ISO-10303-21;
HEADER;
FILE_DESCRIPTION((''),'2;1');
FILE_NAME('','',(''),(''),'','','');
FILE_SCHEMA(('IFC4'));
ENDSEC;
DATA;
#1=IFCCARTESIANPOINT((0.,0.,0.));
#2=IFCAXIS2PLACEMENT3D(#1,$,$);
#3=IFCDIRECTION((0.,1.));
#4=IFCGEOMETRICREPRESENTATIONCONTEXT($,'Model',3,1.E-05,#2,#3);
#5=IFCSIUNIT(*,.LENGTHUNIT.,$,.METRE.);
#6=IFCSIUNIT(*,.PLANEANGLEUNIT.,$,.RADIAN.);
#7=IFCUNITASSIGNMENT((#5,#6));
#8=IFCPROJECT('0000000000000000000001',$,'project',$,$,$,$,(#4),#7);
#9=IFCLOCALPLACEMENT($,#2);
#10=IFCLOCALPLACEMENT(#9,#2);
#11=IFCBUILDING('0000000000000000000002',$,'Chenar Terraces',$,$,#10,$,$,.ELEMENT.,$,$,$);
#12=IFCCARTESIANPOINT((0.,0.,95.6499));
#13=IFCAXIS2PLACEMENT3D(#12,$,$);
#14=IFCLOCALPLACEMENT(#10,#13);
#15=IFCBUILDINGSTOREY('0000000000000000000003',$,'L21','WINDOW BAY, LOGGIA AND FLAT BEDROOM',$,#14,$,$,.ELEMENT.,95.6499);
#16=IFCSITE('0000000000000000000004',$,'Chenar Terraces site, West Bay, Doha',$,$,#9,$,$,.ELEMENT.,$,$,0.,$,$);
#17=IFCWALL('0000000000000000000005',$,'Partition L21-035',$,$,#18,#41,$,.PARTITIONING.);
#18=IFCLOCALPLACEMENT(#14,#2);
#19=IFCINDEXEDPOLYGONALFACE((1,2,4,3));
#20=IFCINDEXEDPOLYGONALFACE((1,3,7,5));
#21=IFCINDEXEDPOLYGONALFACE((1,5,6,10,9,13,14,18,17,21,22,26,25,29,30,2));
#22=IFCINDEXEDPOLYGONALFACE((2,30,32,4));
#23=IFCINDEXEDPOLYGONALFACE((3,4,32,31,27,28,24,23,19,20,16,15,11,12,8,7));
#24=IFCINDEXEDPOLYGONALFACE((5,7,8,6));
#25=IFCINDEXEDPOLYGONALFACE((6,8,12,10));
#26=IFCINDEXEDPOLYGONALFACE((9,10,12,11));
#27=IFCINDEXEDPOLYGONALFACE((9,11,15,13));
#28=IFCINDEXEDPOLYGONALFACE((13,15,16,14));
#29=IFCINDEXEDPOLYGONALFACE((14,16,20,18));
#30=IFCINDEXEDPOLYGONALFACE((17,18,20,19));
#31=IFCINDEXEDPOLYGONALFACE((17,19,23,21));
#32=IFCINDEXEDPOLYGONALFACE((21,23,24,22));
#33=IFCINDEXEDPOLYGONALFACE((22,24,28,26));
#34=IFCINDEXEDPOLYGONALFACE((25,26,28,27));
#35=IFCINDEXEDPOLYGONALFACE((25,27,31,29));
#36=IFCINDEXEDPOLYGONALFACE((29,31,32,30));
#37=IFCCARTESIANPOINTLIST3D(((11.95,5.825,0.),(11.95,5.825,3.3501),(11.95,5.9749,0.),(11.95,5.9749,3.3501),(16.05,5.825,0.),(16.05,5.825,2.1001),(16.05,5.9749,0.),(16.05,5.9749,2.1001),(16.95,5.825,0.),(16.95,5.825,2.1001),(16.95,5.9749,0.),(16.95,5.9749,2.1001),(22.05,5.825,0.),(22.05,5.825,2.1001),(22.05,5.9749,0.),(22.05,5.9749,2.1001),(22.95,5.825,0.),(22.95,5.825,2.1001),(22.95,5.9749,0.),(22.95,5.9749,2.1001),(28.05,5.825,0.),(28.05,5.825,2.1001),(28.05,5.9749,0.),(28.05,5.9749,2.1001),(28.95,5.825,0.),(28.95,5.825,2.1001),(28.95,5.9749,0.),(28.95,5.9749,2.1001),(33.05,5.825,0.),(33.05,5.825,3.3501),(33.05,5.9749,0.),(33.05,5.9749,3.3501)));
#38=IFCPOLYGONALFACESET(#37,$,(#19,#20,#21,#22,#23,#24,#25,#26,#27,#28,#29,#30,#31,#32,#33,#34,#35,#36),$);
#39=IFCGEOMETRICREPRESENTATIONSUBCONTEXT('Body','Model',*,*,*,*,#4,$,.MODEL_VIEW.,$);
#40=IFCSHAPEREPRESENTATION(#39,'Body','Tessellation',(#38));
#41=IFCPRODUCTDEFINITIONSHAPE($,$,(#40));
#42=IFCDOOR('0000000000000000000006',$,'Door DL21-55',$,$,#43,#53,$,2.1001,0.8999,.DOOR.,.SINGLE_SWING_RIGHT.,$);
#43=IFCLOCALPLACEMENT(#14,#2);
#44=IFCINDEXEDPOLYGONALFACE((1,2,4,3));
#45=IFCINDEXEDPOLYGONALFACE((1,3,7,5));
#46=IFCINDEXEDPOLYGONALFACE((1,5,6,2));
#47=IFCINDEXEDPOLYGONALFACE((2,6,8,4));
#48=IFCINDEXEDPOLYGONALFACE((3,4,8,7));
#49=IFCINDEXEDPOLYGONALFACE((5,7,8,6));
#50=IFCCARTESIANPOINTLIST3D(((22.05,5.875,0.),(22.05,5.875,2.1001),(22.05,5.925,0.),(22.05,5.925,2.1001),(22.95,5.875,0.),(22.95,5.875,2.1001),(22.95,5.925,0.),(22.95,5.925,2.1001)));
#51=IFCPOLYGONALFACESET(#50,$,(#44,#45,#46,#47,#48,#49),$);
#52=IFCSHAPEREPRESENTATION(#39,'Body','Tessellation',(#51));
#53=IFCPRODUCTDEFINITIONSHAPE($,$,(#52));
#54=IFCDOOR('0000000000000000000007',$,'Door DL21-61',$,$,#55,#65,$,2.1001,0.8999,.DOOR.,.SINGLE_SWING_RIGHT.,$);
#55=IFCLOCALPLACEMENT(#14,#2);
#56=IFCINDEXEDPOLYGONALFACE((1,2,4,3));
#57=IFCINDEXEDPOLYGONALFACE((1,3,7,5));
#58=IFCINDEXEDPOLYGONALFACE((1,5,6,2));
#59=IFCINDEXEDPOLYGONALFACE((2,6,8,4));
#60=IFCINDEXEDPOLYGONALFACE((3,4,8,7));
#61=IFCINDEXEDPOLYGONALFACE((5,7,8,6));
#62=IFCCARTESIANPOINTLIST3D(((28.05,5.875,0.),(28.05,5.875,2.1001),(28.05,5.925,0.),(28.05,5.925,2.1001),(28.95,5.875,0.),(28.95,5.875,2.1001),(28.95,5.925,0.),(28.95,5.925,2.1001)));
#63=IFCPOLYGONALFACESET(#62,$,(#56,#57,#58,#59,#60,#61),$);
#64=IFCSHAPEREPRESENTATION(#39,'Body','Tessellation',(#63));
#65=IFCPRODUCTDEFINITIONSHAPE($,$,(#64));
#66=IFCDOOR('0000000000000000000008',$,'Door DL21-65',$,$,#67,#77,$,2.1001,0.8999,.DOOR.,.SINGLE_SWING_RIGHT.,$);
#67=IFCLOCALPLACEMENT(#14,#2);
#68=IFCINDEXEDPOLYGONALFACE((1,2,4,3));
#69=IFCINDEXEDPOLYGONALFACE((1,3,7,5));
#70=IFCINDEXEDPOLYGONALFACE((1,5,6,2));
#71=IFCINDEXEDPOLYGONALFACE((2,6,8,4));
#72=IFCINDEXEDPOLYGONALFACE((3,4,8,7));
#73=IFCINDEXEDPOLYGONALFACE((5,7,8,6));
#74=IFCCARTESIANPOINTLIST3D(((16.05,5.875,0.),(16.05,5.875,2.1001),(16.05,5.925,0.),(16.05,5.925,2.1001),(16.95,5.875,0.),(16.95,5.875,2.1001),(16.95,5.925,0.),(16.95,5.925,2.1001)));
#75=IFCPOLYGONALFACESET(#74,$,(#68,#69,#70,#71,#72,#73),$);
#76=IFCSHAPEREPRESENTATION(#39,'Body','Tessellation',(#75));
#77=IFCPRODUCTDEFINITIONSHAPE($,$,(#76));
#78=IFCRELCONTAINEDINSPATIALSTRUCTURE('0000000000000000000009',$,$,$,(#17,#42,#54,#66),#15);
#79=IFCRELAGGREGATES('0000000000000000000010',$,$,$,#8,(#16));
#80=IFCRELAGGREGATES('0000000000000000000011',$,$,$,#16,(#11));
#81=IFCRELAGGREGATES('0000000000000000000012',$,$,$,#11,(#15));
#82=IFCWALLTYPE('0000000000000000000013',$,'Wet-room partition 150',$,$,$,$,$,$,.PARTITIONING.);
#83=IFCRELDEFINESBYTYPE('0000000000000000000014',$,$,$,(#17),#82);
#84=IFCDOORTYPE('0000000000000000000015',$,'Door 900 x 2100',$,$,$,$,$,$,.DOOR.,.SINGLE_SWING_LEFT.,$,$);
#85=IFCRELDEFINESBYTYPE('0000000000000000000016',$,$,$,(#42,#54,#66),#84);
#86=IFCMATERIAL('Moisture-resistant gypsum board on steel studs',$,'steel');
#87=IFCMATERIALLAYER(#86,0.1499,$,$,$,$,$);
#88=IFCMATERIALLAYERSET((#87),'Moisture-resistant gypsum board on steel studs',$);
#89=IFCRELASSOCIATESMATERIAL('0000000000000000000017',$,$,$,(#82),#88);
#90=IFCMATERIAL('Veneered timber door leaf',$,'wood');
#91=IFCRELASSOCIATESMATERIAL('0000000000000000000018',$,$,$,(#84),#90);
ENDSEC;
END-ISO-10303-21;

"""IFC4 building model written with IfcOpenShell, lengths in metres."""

from ifc_helpers import new_model, si_unit, direction, frame, frame_2d, origin, place, context, subcontext, project, spatial, rectangle, extrude, material, layer, layer_set, type_object, element, fill, save


model = new_model("IFC4")

# Units and contexts
model_context = context("Model", 3, precision=1e-05, world=origin(), true_north=direction((0.0, 1.0)))
body_context = subcontext(model_context, "Body", "Model", "MODEL_VIEW")
ifc_project = project(units=[si_unit("LENGTHUNIT", "METRE"), si_unit("PLANEANGLEUNIT", "RADIAN")], contexts=[model_context])

# Site, building, storey
site_placement = place(None, origin())
site = spatial("IfcSite", under=ifc_project, at=site_placement, Name="Chenar Terraces site, West Bay, Doha", CompositionType="ELEMENT", RefElevation=0.0)
building_placement = place(site_placement, origin())
building = spatial("IfcBuilding", under=site, at=building_placement, Name="Chenar Terraces", CompositionType="ELEMENT")
storey_placement = place(building_placement, frame((0.0, 0.0, 95.6499)))
storey = spatial("IfcBuildingStorey", under=building, at=storey_placement, Name="L21", Description="WINDOW BAY, LOGGIA AND FLAT BEDROOM", CompositionType="ELEMENT", Elevation=95.6499)

# Wall, openings, doors
ifc_material_1 = material(Name="Moisture-resistant gypsum board on steel studs", Category="steel")
ifc_layer_1 = layer(ifc_material_1, 0.1499)
ifc_layer_set_1 = layer_set([ifc_layer_1], Name="Moisture-resistant gypsum board on steel studs")
wall_type_1 = type_object("IfcWallType", Name="Wet-room partition 150", PredefinedType="PARTITIONING", material=ifc_layer_set_1)
wall_1_placement = place(storey_placement, frame((11.95, 5.8999, 0.0), z_axis=(0.0, 0.0, 1.0), x_axis=(1.0, 0.0, 0.0)))
wall_1 = element("IfcWall", 1, at=wall_1_placement, inside=storey, type_object=wall_type_1, Name="Partition L21-035", PredefinedType="PARTITIONING", context=body_context, shape_type="SweptSolid", body=[
    extrude(rectangle(XDim=21.1001, YDim=0.1499, at=frame_2d((10.55, 0.0))), origin(), (0.0, 0.0, 1.0), 3.3501),
])
opening_1_placement = place(wall_1_placement, frame((10.1001, 0.0, 0.0)))
opening_1 = element("IfcOpeningElement", 2, at=opening_1_placement, cuts=wall_1, PredefinedType="OPENING", context=body_context, shape_type="SweptSolid", body=[
    extrude(rectangle(XDim=0.8999, YDim=2.1001, at=frame_2d((0.45, 1.05))), frame((0.0, 0.085, 0.0), z_axis=(0.0, -1.0, 0.0), x_axis=(1.0, 0.0, 0.0)), (0.0, 0.0, 1.0), 0.1699),
])
opening_2_placement = place(wall_1_placement, frame((16.1001, 0.0, 0.0)))
opening_2 = element("IfcOpeningElement", 3, at=opening_2_placement, cuts=wall_1, PredefinedType="OPENING", context=body_context, shape_type="SweptSolid", body=[
    extrude(rectangle(XDim=0.8999, YDim=2.1001, at=frame_2d((0.45, 1.05))), frame((0.0, 0.085, 0.0), z_axis=(0.0, -1.0, 0.0), x_axis=(1.0, 0.0, 0.0)), (0.0, 0.0, 1.0), 0.1699),
])
opening_3_placement = place(wall_1_placement, frame((4.1001, 0.0, 0.0)))
opening_3 = element("IfcOpeningElement", 4, at=opening_3_placement, cuts=wall_1, PredefinedType="OPENING", context=body_context, shape_type="SweptSolid", body=[
    extrude(rectangle(XDim=0.8999, YDim=2.1001, at=frame_2d((0.45, 1.05))), frame((0.0, 0.085, 0.0), z_axis=(0.0, -1.0, 0.0), x_axis=(1.0, 0.0, 0.0)), (0.0, 0.0, 1.0), 0.1699),
])
ifc_material_2 = material(Name="Veneered timber door leaf", Category="wood")
door_type_1 = type_object("IfcDoorType", Name="Door 900 x 2100", OperationType="SINGLE_SWING_LEFT", PredefinedType="DOOR", material=ifc_material_2)
door_1_placement = place(opening_1_placement, frame((0.8999, 0.0, 0.0), z_axis=(0.0, 0.0, 1.0), x_axis=(-1.0, 0.0, 0.0)))
door_1 = element("IfcDoor", 5, at=door_1_placement, inside=storey, type_object=door_type_1, Name="Door DL21-55", OperationType="SINGLE_SWING_RIGHT", OverallHeight=2.1001, OverallWidth=0.8999, PredefinedType="DOOR", context=body_context, shape_type="SweptSolid", body=[
    extrude(rectangle(XDim=0.8999, YDim=2.1001, at=frame_2d((0.45, 1.05))), frame((0.0, 0.0249, 0.0), z_axis=(0.0, -1.0, 0.0), x_axis=(1.0, 0.0, 0.0)), (0.0, 0.0, 1.0), 0.05),
])
fill(opening_1, door_1)
door_2_placement = place(opening_2_placement, frame((0.8999, 0.0, 0.0), z_axis=(0.0, 0.0, 1.0), x_axis=(-1.0, 0.0, 0.0)))
door_2 = element("IfcDoor", 6, at=door_2_placement, inside=storey, type_object=door_type_1, Name="Door DL21-61", OperationType="SINGLE_SWING_RIGHT", OverallHeight=2.1001, OverallWidth=0.8999, PredefinedType="DOOR", context=body_context, shape_type="SweptSolid", body=[
    extrude(rectangle(XDim=0.8999, YDim=2.1001, at=frame_2d((0.45, 1.05))), frame((0.0, 0.0249, 0.0), z_axis=(0.0, -1.0, 0.0), x_axis=(1.0, 0.0, 0.0)), (0.0, 0.0, 1.0), 0.05),
])
fill(opening_2, door_2)
door_3_placement = place(opening_3_placement, frame((0.8999, 0.0, 0.0), z_axis=(0.0, 0.0, 1.0), x_axis=(-1.0, 0.0, 0.0)))
door_3 = element("IfcDoor", 7, at=door_3_placement, inside=storey, type_object=door_type_1, Name="Door DL21-65", OperationType="SINGLE_SWING_RIGHT", OverallHeight=2.1001, OverallWidth=0.8999, PredefinedType="DOOR", context=body_context, shape_type="SweptSolid", body=[
    extrude(rectangle(XDim=0.8999, YDim=2.1001, at=frame_2d((0.45, 1.05))), frame((0.0, 0.0249, 0.0), z_axis=(0.0, -1.0, 0.0), x_axis=(1.0, 0.0, 0.0)), (0.0, 0.0, 1.0), 0.05),
])
fill(opening_3, door_3)

save(model, "model.ifc")
